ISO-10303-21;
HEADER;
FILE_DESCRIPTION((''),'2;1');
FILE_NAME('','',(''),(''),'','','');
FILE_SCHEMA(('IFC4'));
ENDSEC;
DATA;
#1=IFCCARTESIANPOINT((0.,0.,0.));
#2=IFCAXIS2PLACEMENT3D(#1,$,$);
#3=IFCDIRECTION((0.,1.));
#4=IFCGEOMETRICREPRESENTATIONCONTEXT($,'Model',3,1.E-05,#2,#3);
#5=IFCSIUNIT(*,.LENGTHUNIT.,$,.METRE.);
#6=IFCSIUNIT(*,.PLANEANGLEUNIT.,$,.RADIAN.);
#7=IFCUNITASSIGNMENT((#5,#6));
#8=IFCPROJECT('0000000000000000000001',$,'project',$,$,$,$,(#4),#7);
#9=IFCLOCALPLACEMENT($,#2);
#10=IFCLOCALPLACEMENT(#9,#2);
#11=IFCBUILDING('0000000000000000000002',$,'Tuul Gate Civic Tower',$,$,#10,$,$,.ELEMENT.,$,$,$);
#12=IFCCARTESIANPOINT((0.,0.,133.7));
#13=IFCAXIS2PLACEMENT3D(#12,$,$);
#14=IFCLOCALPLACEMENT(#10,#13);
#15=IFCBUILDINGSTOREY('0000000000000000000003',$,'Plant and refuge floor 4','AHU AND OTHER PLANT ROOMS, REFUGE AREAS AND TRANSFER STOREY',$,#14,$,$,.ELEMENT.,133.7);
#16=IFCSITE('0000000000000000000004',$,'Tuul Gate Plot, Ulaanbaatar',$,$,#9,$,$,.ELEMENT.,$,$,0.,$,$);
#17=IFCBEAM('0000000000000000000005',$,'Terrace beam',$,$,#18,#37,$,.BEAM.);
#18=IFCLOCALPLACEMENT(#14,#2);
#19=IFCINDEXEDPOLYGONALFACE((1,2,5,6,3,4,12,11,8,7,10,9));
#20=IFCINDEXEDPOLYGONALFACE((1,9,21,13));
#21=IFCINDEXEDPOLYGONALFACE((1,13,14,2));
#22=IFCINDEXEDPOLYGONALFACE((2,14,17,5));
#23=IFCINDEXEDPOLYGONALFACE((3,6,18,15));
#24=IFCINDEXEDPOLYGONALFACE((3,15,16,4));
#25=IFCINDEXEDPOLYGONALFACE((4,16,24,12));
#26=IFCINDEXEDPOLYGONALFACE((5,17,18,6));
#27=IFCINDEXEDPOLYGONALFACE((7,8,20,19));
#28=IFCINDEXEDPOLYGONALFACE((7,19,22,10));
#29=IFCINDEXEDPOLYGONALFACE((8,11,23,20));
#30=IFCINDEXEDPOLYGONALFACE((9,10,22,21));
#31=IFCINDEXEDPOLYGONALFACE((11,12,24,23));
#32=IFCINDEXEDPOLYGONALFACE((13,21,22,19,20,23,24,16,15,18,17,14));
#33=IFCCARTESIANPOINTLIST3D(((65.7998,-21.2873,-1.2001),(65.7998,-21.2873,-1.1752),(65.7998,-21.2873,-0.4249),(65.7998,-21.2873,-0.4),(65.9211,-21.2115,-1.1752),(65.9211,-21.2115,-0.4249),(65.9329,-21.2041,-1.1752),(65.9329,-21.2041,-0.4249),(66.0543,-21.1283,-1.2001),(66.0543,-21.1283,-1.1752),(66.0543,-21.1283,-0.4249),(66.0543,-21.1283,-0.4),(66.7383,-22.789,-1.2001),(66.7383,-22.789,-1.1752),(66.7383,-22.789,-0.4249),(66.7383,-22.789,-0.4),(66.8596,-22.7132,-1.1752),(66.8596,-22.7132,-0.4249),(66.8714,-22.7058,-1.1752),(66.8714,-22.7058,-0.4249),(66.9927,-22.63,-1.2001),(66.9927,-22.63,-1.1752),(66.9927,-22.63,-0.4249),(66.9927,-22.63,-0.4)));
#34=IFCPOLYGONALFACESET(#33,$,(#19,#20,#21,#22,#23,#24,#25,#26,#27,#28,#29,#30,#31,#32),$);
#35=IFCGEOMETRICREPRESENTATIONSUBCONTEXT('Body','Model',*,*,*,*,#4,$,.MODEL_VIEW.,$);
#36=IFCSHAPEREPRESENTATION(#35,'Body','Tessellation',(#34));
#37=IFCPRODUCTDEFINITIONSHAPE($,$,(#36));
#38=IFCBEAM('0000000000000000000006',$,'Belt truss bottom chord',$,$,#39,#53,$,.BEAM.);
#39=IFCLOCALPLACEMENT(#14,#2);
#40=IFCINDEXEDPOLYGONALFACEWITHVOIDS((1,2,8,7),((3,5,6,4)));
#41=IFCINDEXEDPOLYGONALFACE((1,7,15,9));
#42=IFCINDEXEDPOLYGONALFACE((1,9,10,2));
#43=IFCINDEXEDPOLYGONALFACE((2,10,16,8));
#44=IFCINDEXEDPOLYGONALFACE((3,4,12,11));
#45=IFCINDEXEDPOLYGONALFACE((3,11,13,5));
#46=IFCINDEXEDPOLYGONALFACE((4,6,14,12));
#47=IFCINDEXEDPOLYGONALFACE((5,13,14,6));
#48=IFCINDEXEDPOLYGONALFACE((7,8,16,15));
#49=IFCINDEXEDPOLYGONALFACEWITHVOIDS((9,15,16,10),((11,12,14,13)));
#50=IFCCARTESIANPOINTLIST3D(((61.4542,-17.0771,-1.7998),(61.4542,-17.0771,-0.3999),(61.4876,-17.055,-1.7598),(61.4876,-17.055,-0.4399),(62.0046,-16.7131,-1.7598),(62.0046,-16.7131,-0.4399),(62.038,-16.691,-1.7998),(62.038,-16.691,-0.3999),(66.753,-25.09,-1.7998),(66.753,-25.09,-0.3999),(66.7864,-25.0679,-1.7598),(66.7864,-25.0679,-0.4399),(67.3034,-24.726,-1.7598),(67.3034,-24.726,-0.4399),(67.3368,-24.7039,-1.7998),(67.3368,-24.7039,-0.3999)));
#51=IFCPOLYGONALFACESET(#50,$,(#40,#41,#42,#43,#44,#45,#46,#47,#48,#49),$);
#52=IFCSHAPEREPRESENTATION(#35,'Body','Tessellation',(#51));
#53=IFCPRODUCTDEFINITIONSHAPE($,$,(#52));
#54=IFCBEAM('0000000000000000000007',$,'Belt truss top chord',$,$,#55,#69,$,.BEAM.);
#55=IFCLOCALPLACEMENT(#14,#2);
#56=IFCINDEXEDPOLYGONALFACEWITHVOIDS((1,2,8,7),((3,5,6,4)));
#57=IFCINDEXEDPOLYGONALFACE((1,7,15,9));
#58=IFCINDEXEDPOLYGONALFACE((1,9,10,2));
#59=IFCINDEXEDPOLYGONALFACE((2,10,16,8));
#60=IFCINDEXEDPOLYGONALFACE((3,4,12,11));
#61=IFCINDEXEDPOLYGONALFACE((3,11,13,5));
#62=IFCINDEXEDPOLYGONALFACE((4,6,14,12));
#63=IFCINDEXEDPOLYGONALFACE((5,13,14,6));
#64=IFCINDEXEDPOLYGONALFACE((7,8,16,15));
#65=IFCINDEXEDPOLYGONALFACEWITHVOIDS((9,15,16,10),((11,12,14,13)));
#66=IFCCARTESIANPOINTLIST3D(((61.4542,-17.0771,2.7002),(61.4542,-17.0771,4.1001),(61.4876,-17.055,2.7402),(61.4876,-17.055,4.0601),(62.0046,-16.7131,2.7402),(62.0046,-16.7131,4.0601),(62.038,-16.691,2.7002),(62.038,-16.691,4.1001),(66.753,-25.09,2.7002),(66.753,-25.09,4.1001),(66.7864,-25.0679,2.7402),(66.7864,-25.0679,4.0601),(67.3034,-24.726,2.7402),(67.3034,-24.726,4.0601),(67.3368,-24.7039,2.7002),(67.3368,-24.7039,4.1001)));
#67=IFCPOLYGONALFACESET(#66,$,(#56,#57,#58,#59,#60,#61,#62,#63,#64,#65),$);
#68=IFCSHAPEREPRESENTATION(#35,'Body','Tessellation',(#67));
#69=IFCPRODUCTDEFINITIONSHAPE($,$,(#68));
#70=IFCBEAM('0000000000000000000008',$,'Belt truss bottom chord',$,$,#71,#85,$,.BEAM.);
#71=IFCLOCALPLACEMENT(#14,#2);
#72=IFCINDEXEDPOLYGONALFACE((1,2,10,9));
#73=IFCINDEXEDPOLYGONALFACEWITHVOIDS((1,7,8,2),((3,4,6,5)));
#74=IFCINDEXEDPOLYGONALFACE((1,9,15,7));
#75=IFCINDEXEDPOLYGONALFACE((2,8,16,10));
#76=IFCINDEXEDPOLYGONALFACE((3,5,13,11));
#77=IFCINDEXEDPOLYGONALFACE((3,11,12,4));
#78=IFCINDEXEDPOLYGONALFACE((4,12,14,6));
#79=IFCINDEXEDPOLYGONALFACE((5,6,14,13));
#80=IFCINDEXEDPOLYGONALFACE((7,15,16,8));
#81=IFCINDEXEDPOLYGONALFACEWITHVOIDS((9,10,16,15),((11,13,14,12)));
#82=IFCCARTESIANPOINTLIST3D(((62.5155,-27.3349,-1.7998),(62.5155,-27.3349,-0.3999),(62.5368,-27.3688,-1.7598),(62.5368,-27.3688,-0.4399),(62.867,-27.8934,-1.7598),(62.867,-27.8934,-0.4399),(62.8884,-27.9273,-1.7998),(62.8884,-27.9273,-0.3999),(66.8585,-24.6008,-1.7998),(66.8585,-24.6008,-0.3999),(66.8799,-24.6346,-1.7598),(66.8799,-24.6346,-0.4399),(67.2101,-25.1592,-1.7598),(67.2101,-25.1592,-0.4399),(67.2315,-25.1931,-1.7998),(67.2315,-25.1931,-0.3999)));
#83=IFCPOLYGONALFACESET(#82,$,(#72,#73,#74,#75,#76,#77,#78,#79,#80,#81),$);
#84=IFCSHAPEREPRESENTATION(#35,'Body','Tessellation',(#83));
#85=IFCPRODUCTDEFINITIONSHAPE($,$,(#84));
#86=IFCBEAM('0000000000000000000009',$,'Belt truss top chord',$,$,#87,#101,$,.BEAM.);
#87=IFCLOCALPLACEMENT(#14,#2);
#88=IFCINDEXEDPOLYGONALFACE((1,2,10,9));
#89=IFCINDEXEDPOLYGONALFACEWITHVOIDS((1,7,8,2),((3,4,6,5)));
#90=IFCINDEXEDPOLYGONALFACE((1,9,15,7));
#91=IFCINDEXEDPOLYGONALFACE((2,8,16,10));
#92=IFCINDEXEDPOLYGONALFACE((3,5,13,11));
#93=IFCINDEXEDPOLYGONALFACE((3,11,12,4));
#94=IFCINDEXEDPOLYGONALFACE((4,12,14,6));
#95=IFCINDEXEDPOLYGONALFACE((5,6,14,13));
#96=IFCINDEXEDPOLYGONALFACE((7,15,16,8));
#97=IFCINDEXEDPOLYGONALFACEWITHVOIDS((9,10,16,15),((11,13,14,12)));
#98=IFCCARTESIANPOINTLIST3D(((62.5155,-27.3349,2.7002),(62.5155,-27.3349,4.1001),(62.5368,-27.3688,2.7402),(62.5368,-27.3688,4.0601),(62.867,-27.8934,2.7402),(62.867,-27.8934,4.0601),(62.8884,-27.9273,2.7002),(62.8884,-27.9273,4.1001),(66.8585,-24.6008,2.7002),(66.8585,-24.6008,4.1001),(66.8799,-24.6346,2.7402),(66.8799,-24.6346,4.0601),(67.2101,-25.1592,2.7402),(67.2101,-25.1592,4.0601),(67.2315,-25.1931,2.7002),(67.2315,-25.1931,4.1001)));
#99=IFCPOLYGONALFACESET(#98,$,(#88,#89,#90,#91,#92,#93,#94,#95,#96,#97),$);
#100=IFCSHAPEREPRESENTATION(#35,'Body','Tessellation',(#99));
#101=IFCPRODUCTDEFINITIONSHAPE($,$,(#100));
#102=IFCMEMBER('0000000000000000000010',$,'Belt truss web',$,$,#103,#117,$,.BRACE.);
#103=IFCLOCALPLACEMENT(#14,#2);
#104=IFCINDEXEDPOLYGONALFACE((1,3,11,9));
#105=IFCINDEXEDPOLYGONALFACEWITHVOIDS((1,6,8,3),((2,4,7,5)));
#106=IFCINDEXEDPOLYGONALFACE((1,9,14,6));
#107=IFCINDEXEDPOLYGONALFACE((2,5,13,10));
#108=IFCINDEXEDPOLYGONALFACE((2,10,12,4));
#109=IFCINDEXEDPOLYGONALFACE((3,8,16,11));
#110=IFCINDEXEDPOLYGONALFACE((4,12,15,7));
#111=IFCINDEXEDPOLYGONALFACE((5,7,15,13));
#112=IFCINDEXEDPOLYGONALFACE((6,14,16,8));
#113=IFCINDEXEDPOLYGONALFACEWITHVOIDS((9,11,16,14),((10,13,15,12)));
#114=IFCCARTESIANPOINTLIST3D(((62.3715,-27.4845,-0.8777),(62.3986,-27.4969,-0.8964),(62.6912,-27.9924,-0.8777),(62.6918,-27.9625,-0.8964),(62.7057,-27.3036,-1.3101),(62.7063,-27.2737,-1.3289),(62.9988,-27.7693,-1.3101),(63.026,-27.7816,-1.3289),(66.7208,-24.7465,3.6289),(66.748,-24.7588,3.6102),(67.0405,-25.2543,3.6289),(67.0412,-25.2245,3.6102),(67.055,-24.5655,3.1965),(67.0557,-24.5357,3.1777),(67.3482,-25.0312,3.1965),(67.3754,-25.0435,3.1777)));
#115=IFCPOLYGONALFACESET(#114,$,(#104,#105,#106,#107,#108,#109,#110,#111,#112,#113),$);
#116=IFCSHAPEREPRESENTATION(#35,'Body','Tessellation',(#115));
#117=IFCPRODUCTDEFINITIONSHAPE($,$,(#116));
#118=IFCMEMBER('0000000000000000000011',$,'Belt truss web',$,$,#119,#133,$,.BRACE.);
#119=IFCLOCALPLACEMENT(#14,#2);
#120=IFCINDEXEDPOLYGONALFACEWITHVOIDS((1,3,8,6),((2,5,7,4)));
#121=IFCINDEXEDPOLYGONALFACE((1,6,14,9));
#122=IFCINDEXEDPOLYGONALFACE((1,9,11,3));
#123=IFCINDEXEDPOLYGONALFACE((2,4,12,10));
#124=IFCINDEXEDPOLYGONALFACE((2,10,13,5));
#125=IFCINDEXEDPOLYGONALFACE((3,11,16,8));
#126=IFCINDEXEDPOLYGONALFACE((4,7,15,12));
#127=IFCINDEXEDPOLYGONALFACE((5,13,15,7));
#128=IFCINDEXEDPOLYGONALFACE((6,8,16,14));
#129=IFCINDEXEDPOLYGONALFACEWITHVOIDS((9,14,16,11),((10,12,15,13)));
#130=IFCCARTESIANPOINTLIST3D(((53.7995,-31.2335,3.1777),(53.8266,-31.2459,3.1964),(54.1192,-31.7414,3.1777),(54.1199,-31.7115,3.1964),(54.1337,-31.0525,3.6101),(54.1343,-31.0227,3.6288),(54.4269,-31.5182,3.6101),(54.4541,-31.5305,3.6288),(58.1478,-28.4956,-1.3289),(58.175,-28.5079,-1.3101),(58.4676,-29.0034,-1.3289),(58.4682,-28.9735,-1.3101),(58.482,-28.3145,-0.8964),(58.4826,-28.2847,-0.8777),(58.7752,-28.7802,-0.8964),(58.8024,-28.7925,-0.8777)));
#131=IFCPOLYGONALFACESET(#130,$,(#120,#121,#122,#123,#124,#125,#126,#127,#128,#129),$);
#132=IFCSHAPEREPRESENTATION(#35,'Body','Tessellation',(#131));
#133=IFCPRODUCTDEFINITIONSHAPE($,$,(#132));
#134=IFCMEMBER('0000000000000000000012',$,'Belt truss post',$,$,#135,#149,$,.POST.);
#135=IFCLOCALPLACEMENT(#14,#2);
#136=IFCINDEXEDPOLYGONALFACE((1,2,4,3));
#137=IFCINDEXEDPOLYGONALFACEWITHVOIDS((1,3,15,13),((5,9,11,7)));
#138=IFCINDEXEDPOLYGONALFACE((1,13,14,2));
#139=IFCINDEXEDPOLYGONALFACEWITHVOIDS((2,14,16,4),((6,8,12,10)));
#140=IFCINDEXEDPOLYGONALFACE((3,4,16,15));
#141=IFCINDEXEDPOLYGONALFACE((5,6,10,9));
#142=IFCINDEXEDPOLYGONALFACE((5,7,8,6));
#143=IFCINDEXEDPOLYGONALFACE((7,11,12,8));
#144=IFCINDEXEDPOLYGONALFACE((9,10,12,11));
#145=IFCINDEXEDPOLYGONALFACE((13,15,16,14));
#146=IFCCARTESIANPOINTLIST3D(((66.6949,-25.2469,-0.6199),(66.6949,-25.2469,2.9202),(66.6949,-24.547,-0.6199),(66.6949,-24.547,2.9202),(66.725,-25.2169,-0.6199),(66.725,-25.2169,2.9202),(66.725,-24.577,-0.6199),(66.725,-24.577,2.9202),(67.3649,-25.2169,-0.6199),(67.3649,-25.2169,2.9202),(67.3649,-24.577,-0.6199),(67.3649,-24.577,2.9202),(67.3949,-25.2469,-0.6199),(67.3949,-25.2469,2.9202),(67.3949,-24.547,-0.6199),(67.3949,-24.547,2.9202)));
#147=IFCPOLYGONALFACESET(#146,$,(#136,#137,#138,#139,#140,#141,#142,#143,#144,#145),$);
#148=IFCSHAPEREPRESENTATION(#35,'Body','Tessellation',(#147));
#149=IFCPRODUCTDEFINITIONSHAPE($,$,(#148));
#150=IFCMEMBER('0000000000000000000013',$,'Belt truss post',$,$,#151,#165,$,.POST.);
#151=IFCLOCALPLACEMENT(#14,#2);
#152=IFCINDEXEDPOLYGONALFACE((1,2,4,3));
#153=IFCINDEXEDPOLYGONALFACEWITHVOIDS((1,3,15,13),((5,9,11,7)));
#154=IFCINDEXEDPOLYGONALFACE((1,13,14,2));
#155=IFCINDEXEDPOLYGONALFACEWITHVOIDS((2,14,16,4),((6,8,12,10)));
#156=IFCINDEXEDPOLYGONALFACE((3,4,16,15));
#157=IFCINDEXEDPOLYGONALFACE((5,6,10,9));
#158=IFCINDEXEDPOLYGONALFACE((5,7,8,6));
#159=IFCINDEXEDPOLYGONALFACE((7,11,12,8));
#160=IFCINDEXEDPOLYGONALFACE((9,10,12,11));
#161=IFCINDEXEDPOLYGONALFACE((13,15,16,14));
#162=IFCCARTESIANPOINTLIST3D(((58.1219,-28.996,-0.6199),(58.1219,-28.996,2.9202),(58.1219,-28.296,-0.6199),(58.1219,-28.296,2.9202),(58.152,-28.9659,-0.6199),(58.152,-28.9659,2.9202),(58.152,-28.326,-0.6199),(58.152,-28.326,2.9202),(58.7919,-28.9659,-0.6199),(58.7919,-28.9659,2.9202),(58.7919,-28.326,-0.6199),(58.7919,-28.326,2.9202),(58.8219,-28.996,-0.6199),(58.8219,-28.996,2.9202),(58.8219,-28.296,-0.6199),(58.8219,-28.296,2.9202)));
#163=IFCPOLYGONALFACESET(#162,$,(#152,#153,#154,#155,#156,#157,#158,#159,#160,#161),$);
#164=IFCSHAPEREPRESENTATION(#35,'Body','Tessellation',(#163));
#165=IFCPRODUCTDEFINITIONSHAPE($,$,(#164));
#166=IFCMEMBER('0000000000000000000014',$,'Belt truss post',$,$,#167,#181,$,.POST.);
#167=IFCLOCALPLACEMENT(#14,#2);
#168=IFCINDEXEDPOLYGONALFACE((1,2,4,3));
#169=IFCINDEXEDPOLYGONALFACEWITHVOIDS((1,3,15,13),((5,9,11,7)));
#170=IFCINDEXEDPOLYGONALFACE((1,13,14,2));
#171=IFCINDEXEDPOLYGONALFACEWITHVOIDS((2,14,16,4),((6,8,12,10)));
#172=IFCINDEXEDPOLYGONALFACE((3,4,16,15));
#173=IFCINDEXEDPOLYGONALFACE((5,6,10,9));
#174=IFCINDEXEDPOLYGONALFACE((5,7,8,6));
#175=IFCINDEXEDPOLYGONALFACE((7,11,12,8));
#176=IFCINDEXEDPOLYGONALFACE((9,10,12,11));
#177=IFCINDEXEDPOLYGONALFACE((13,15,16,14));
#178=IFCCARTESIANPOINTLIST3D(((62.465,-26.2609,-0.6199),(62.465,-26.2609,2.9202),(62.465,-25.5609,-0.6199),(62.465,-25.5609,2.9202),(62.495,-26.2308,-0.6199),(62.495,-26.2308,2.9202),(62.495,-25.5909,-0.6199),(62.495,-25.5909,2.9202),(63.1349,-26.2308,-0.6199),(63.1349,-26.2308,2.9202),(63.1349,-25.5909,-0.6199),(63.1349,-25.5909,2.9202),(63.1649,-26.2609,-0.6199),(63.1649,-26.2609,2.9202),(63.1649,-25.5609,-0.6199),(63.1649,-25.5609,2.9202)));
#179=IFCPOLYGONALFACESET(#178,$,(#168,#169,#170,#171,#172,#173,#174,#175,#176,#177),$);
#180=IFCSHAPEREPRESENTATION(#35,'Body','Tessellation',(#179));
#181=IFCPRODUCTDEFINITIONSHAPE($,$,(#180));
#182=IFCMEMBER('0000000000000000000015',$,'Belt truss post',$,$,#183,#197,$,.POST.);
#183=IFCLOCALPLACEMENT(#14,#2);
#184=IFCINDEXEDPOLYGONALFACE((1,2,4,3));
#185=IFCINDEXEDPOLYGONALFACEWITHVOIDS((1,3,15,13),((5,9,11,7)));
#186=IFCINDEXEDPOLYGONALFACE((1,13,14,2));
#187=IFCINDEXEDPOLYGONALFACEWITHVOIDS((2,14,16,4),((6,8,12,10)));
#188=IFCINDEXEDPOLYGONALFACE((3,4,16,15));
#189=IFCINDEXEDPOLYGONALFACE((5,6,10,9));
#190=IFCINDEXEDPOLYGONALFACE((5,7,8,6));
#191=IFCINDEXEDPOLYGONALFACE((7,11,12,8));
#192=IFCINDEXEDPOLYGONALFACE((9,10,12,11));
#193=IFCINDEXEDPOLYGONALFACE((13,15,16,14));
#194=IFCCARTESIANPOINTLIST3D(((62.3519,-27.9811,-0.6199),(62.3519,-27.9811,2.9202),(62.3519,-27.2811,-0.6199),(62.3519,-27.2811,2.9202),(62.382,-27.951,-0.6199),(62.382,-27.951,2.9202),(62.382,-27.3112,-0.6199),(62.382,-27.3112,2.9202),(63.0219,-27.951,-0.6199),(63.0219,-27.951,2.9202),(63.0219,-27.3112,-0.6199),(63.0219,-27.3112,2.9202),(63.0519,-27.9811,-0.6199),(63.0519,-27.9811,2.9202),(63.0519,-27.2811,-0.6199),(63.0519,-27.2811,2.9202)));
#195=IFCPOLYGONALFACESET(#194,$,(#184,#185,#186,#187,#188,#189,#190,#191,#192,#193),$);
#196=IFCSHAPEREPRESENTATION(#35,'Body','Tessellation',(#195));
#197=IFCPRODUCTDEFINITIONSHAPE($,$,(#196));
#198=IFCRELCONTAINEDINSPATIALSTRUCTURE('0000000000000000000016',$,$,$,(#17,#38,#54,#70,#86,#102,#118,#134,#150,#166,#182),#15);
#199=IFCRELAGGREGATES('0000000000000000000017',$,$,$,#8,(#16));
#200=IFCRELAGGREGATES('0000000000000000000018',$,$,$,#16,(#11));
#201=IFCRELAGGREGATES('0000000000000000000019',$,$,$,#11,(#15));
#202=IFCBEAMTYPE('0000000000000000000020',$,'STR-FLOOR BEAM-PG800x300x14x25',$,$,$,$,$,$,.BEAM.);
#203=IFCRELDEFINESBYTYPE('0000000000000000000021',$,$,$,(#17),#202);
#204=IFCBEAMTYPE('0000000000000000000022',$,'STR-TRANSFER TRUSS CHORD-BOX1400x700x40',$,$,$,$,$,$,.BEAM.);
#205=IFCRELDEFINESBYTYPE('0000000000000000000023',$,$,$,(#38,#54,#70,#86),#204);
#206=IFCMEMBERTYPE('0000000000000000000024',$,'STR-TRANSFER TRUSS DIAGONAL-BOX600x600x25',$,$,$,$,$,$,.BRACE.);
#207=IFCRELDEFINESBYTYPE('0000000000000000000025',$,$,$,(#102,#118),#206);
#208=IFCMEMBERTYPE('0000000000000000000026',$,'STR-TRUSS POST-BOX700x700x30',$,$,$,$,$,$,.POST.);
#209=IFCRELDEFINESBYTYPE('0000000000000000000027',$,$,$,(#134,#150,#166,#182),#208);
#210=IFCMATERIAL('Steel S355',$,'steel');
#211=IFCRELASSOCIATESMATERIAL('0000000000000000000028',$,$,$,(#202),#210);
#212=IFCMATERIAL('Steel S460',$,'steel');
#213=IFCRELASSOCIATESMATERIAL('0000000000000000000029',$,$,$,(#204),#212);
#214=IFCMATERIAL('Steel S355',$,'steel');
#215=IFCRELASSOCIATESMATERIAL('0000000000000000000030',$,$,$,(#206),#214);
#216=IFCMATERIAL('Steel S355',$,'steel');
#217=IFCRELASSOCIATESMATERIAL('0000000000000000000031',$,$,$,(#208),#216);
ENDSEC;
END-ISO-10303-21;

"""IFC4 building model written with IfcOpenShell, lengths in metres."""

from ifc_helpers import new_model, si_unit, direction, frame, origin, origin_2d, place, context, subcontext, project, spatial, hollow_rectangle, i_section, extrude, material, material_profile, profile_set, type_object, element, save


model = new_model("IFC4")

# Units and contexts
model_context = context("Model", 3, precision=1e-05, world=origin(), true_north=direction((0.0, 1.0)))
body_context = subcontext(model_context, "Body", "Model", "MODEL_VIEW")
ifc_project = project(units=[si_unit("LENGTHUNIT", "METRE"), si_unit("PLANEANGLEUNIT", "RADIAN")], contexts=[model_context])

# Site, building, storey
site_placement = place(None, origin())
site = spatial("IfcSite", under=ifc_project, at=site_placement, Name="Tuul Gate Plot, Ulaanbaatar", CompositionType="ELEMENT", RefElevation=0.0)
building_placement = place(site_placement, origin())
building = spatial("IfcBuilding", under=site, at=building_placement, Name="Tuul Gate Civic Tower", CompositionType="ELEMENT")
storey_placement = place(building_placement, frame((0.0, 0.0, 133.7)))
storey = spatial("IfcBuildingStorey", under=building, at=storey_placement, Name="Plant and refuge floor 4", Description="AHU AND OTHER PLANT ROOMS, REFUGE AREAS AND TRANSFER STOREY", CompositionType="ELEMENT", Elevation=133.7)

# Beams
ifc_material_1 = material(Name="Steel S355", Category="steel")
ifc_material_profile_1 = material_profile(ifc_material_1, i_section(OverallWidth=0.3, OverallDepth=0.8, WebThickness=0.0139, FlangeThickness=0.0249, at=origin_2d()), Name="PG800x300x14x25")
ifc_profile_set_1 = profile_set([ifc_material_profile_1], Name="Steel S355")
beam_type_1 = type_object("IfcBeamType", Name="STR-FLOOR BEAM-PG800x300x14x25", PredefinedType="BEAM", material=ifc_profile_set_1)
beam_placement = place(storey_placement, frame((66.8655, -22.7095, -0.8), z_axis=(-0.529962, 0.848022, 0.0), x_axis=(-0.848022, -0.529962, 0.0)))
element("IfcBeam", 1, at=beam_placement, inside=storey, type_object=beam_type_1, Name="Terrace beam", PredefinedType="BEAM", context=body_context, shape_type="SweptSolid", body=[
    extrude(i_section(OverallWidth=0.3, OverallDepth=0.8, WebThickness=0.0139, FlangeThickness=0.0249, at=origin_2d()), origin(), (0.0, 0.0, 1.0), 1.7708),
])
ifc_material_2 = material(Name="Steel S460", Category="steel")
ifc_material_profile_2 = material_profile(ifc_material_2, hollow_rectangle(XDim=0.7, YDim=1.3999, WallThickness=0.04, at=origin_2d()), Name="BOX1400x700x40")
ifc_profile_set_2 = profile_set([ifc_material_profile_2], Name="Steel S460")
beam_type_2 = type_object("IfcBeamType", Name="STR-TRANSFER TRUSS CHORD-BOX1400x700x40", PredefinedType="BEAM", material=ifc_profile_set_2)
for number, where, z_axis, x_axis, name in (
    (2, (67.0449, -24.897, -1.0999), (-0.551588, 0.834117, 0.0), (-0.834117, -0.551588, 0.0), "Belt truss bottom chord"),
    (3, (67.0449, -24.897, 3.4001), (-0.551588, 0.834117, 0.0), (-0.834117, -0.551588, 0.0), "Belt truss top chord"),
):
    element("IfcBeam", number, at=place(storey_placement, frame(where, z_axis=z_axis, x_axis=x_axis)), inside=storey, type_object=beam_type_2, Name=name, PredefinedType="BEAM", context=body_context, shape_type="SweptSolid", body=[
        extrude(hollow_rectangle(XDim=0.7, YDim=1.3999, WallThickness=0.04, at=origin_2d()), origin(), (0.0, 0.0, 1.0), 9.6064),
    ])
for number, where, z_axis, x_axis, name in (
    (4, (62.7019, -27.6311, -1.0999), (0.846265, 0.532763, 0.0), (-0.532763, 0.846265, 0.0), "Belt truss bottom chord"),
    (5, (62.7019, -27.6311, 3.4001), (0.846265, 0.532763, 0.0), (-0.532763, 0.846265, 0.0), "Belt truss top chord"),
):
    element("IfcBeam", number, at=place(storey_placement, frame(where, z_axis=z_axis, x_axis=x_axis)), inside=storey, type_object=beam_type_2, Name=name, PredefinedType="BEAM", context=body_context, shape_type="SweptSolid", body=[
        extrude(hollow_rectangle(XDim=0.7, YDim=1.3999, WallThickness=0.04, at=origin_2d()), origin(), (0.0, 0.0, 1.0), 5.1321),
    ])

# Members
ifc_material_3 = material(Name="Steel S355", Category="steel")
ifc_material_profile_3 = material_profile(ifc_material_3, hollow_rectangle(XDim=0.6001, YDim=0.6001, WallThickness=0.0249, at=origin_2d()), Name="BOX600x600x25")
ifc_profile_set_3 = profile_set([ifc_material_profile_3], Name="Steel S355")
member_type_1 = type_object("IfcMemberType", Name="STR-TRANSFER TRUSS DIAGONAL-BOX600x600x25", PredefinedType="BRACE", material=ifc_profile_set_3)
member_1_placement = place(storey_placement, frame((62.6987, -27.6331, -1.1033), z_axis=(0.636297, 0.400565, 0.659298), x_axis=(-0.53275, 0.846273, 0.0)))
element("IfcMember", 6, at=member_1_placement, inside=storey, type_object=member_type_1, Name="Belt truss web", PredefinedType="BRACE", context=body_context, shape_type="SweptSolid", body=[
    extrude(hollow_rectangle(XDim=0.6001, YDim=0.6001, WallThickness=0.0249, at=origin_2d()), origin(), (0.0, 0.0, 1.0), 6.8354),
])
member_2_placement = place(storey_placement, frame((58.4751, -28.644, -1.1033), z_axis=(-0.636212, -0.400601, 0.659358), x_axis=(0.532836, -0.846219, 0.0)))
element("IfcMember", 7, at=member_2_placement, inside=storey, type_object=member_type_1, Name="Belt truss web", PredefinedType="BRACE", context=body_context, shape_type="SweptSolid", body=[
    extrude(hollow_rectangle(XDim=0.6001, YDim=0.6001, WallThickness=0.0249, at=origin_2d()), origin(), (0.0, 0.0, 1.0), 6.8347),
])
ifc_material_4 = material(Name="Steel S355", Category="steel")
ifc_material_profile_4 = material_profile(ifc_material_4, hollow_rectangle(XDim=0.7, YDim=0.7, WallThickness=0.03, at=origin_2d()), Name="BOX700x700x30")
ifc_profile_set_4 = profile_set([ifc_material_profile_4], Name="Steel S355")
member_type_2 = type_object("IfcMemberType", Name="STR-TRUSS POST-BOX700x700x30", PredefinedType="POST", material=ifc_profile_set_4)
for number, where, z_axis, x_axis, name in (
    (8, (67.0449, -24.897, -0.6199), (0.0, 0.0, 1.0), (1.0, 0.0, 0.0), "Belt truss post"),
    (9, (58.4719, -28.646, -0.6199), (0.0, 0.0, 1.0), (1.0, 0.0, 0.0), "Belt truss post"),
    (10, (62.8149, -25.9109, -0.6199), (0.0, 0.0, 1.0), (1.0, 0.0, 0.0), "Belt truss post"),
    (11, (62.7019, -27.6311, -0.6199), (0.0, 0.0, 1.0), (1.0, 0.0, 0.0), "Belt truss post"),
):
    element("IfcMember", number, at=place(storey_placement, frame(where, z_axis=z_axis, x_axis=x_axis)), inside=storey, type_object=member_type_2, Name=name, PredefinedType="POST", context=body_context, shape_type="SweptSolid", body=[
        extrude(hollow_rectangle(XDim=0.7, YDim=0.7, WallThickness=0.03, at=origin_2d()), origin(), (0.0, 0.0, 1.0), 3.54),
    ])

save(model, "model.ifc")
